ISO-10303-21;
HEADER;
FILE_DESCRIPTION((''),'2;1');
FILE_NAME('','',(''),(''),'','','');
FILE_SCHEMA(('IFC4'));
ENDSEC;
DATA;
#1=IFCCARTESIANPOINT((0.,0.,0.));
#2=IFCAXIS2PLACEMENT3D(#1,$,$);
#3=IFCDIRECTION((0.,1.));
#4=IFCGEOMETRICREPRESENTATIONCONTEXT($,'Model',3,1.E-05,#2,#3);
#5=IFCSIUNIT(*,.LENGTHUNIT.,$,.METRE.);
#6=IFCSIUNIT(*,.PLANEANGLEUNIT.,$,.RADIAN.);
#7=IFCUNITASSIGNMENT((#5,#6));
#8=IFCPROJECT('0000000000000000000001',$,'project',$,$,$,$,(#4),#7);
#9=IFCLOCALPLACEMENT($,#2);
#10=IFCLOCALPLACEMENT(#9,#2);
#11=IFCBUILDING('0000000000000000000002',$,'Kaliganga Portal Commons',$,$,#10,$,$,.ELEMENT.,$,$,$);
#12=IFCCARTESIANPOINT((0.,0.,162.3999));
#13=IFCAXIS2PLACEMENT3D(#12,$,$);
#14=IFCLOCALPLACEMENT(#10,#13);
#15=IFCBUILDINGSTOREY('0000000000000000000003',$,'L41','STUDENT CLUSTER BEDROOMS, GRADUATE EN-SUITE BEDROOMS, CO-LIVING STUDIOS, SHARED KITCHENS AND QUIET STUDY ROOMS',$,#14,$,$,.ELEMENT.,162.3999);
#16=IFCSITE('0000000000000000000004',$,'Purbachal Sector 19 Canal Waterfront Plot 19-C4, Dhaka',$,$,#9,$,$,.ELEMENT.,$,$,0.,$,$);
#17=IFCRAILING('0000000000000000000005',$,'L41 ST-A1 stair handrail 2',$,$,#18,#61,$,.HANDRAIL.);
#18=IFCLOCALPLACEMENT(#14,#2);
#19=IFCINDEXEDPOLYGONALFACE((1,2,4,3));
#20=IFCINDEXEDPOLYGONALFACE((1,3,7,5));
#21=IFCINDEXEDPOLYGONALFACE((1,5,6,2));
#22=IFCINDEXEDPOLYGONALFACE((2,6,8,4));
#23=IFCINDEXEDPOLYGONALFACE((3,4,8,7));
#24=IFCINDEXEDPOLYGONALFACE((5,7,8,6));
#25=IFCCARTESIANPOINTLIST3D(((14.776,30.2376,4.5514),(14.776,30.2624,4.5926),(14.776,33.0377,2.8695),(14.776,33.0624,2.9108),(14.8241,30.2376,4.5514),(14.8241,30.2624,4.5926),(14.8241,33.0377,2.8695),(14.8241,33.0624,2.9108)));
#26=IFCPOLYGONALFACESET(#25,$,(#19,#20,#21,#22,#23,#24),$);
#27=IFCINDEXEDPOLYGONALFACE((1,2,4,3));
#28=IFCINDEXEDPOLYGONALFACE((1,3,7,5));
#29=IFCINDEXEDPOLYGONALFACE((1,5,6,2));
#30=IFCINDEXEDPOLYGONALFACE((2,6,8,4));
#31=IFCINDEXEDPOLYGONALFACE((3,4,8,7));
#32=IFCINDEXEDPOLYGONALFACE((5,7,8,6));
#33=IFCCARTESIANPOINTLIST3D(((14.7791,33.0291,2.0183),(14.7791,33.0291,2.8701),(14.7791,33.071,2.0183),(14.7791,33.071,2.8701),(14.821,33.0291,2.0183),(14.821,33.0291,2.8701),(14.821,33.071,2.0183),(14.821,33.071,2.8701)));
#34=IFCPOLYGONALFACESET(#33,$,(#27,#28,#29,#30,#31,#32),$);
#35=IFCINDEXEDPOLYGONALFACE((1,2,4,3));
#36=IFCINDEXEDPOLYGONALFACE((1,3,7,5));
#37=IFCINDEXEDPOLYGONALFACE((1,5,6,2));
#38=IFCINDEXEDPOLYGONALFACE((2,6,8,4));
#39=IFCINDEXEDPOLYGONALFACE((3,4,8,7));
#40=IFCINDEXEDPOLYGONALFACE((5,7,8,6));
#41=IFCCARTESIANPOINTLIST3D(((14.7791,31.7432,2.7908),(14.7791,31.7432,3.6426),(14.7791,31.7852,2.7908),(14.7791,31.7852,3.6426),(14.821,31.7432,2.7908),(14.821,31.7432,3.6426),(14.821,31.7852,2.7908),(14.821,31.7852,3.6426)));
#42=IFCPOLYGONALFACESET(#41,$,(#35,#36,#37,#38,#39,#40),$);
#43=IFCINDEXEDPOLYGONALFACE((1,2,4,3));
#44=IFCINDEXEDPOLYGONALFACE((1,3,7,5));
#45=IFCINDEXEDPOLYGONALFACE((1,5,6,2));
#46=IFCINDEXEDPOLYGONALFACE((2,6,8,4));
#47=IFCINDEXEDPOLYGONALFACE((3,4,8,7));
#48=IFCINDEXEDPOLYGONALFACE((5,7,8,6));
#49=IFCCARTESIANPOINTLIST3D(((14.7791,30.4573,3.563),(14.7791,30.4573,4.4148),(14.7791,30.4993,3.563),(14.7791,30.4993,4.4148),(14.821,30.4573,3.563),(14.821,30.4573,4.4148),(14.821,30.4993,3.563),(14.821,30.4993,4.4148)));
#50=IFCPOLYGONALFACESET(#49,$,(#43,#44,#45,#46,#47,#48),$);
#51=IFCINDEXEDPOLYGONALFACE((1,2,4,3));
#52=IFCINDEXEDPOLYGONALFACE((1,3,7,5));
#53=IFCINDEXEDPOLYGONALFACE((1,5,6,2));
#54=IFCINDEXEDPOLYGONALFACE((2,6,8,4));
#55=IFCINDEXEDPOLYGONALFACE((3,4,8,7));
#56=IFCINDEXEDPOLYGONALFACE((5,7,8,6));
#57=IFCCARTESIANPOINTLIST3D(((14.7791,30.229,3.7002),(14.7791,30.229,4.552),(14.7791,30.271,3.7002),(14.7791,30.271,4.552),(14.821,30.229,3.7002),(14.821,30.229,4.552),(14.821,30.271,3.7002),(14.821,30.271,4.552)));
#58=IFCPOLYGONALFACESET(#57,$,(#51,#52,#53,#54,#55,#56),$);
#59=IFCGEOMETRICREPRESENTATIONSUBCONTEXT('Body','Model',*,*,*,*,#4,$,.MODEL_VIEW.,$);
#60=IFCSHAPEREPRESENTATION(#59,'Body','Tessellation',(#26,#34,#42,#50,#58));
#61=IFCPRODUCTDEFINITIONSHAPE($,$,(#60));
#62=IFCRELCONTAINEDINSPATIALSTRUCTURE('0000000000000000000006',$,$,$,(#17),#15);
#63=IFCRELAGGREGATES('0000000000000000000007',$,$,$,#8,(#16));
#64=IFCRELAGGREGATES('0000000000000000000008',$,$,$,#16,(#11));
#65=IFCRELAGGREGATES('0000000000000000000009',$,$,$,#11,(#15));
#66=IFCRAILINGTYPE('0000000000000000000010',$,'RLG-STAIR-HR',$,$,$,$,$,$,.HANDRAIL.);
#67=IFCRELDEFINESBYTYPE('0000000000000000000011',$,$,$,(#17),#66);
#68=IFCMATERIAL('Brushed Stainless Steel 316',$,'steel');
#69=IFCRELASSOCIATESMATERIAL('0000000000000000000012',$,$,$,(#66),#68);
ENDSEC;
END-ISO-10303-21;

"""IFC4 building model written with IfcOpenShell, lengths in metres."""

from ifc_helpers import new_model, si_unit, direction, frame, origin, origin_2d, place, context, subcontext, project, spatial, rectangle, extrude, material, type_object, element, save


model = new_model("IFC4")

# Units and contexts
model_context = context("Model", 3, precision=1e-05, world=origin(), true_north=direction((0.0, 1.0)))
body_context = subcontext(model_context, "Body", "Model", "MODEL_VIEW")
ifc_project = project(units=[si_unit("LENGTHUNIT", "METRE"), si_unit("PLANEANGLEUNIT", "RADIAN")], contexts=[model_context])

# Site, building, storey
site_placement = place(None, origin())
site = spatial("IfcSite", under=ifc_project, at=site_placement, Name="Purbachal Sector 19 Canal Waterfront Plot 19-C4, Dhaka", CompositionType="ELEMENT", RefElevation=0.0)
building_placement = place(site_placement, origin())
building = spatial("IfcBuilding", under=site, at=building_placement, Name="Kaliganga Portal Commons", CompositionType="ELEMENT")
storey_placement = place(building_placement, frame((0.0, 0.0, 162.3999)))
storey = spatial("IfcBuildingStorey", under=building, at=storey_placement, Name="L41", Description="STUDENT CLUSTER BEDROOMS, GRADUATE EN-SUITE BEDROOMS, CO-LIVING STUDIOS, SHARED KITCHENS AND QUIET STUDY ROOMS", CompositionType="ELEMENT", Elevation=162.3999)

# Railing
ifc_material_1 = material(Name="Brushed Stainless Steel 316", Category="steel")
railing_type = type_object("IfcRailingType", Name="RLG-STAIR-HR", PredefinedType="HANDRAIL", material=ifc_material_1)
railing_placement = place(storey_placement, frame((14.8, 33.05, 2.0183)))
element("IfcRailing", 1, at=railing_placement, inside=storey, type_object=railing_type, Name="L41 ST-A1 stair handrail 2", PredefinedType="HANDRAIL", context=body_context, shape_type="SweptSolid", body=[
    extrude(rectangle(XDim=0.0481, YDim=0.0481, at=origin_2d()), frame((0.0, 0.0, 0.8718), z_axis=(0.0, -0.857242, 0.514913), x_axis=(1.0, 0.0, 0.0)), (0.0, 0.0, 1.0), 3.2664),
    extrude(rectangle(XDim=0.042, YDim=0.042, at=origin_2d()), origin(), (0.0, 0.0, 1.0), 0.8518),
    extrude(rectangle(XDim=0.042, YDim=0.042, at=origin_2d()), frame((0.0, -1.2859, 0.7725)), (0.0, 0.0, 1.0), 0.8518),
    extrude(rectangle(XDim=0.042, YDim=0.042, at=origin_2d()), frame((0.0, -2.5718, 1.5447)), (0.0, 0.0, 1.0), 0.8518),
    extrude(rectangle(XDim=0.042, YDim=0.042, at=origin_2d()), frame((0.0, -2.8, 1.6819)), (0.0, 0.0, 1.0), 0.8518),
])

save(model, "model.ifc")
